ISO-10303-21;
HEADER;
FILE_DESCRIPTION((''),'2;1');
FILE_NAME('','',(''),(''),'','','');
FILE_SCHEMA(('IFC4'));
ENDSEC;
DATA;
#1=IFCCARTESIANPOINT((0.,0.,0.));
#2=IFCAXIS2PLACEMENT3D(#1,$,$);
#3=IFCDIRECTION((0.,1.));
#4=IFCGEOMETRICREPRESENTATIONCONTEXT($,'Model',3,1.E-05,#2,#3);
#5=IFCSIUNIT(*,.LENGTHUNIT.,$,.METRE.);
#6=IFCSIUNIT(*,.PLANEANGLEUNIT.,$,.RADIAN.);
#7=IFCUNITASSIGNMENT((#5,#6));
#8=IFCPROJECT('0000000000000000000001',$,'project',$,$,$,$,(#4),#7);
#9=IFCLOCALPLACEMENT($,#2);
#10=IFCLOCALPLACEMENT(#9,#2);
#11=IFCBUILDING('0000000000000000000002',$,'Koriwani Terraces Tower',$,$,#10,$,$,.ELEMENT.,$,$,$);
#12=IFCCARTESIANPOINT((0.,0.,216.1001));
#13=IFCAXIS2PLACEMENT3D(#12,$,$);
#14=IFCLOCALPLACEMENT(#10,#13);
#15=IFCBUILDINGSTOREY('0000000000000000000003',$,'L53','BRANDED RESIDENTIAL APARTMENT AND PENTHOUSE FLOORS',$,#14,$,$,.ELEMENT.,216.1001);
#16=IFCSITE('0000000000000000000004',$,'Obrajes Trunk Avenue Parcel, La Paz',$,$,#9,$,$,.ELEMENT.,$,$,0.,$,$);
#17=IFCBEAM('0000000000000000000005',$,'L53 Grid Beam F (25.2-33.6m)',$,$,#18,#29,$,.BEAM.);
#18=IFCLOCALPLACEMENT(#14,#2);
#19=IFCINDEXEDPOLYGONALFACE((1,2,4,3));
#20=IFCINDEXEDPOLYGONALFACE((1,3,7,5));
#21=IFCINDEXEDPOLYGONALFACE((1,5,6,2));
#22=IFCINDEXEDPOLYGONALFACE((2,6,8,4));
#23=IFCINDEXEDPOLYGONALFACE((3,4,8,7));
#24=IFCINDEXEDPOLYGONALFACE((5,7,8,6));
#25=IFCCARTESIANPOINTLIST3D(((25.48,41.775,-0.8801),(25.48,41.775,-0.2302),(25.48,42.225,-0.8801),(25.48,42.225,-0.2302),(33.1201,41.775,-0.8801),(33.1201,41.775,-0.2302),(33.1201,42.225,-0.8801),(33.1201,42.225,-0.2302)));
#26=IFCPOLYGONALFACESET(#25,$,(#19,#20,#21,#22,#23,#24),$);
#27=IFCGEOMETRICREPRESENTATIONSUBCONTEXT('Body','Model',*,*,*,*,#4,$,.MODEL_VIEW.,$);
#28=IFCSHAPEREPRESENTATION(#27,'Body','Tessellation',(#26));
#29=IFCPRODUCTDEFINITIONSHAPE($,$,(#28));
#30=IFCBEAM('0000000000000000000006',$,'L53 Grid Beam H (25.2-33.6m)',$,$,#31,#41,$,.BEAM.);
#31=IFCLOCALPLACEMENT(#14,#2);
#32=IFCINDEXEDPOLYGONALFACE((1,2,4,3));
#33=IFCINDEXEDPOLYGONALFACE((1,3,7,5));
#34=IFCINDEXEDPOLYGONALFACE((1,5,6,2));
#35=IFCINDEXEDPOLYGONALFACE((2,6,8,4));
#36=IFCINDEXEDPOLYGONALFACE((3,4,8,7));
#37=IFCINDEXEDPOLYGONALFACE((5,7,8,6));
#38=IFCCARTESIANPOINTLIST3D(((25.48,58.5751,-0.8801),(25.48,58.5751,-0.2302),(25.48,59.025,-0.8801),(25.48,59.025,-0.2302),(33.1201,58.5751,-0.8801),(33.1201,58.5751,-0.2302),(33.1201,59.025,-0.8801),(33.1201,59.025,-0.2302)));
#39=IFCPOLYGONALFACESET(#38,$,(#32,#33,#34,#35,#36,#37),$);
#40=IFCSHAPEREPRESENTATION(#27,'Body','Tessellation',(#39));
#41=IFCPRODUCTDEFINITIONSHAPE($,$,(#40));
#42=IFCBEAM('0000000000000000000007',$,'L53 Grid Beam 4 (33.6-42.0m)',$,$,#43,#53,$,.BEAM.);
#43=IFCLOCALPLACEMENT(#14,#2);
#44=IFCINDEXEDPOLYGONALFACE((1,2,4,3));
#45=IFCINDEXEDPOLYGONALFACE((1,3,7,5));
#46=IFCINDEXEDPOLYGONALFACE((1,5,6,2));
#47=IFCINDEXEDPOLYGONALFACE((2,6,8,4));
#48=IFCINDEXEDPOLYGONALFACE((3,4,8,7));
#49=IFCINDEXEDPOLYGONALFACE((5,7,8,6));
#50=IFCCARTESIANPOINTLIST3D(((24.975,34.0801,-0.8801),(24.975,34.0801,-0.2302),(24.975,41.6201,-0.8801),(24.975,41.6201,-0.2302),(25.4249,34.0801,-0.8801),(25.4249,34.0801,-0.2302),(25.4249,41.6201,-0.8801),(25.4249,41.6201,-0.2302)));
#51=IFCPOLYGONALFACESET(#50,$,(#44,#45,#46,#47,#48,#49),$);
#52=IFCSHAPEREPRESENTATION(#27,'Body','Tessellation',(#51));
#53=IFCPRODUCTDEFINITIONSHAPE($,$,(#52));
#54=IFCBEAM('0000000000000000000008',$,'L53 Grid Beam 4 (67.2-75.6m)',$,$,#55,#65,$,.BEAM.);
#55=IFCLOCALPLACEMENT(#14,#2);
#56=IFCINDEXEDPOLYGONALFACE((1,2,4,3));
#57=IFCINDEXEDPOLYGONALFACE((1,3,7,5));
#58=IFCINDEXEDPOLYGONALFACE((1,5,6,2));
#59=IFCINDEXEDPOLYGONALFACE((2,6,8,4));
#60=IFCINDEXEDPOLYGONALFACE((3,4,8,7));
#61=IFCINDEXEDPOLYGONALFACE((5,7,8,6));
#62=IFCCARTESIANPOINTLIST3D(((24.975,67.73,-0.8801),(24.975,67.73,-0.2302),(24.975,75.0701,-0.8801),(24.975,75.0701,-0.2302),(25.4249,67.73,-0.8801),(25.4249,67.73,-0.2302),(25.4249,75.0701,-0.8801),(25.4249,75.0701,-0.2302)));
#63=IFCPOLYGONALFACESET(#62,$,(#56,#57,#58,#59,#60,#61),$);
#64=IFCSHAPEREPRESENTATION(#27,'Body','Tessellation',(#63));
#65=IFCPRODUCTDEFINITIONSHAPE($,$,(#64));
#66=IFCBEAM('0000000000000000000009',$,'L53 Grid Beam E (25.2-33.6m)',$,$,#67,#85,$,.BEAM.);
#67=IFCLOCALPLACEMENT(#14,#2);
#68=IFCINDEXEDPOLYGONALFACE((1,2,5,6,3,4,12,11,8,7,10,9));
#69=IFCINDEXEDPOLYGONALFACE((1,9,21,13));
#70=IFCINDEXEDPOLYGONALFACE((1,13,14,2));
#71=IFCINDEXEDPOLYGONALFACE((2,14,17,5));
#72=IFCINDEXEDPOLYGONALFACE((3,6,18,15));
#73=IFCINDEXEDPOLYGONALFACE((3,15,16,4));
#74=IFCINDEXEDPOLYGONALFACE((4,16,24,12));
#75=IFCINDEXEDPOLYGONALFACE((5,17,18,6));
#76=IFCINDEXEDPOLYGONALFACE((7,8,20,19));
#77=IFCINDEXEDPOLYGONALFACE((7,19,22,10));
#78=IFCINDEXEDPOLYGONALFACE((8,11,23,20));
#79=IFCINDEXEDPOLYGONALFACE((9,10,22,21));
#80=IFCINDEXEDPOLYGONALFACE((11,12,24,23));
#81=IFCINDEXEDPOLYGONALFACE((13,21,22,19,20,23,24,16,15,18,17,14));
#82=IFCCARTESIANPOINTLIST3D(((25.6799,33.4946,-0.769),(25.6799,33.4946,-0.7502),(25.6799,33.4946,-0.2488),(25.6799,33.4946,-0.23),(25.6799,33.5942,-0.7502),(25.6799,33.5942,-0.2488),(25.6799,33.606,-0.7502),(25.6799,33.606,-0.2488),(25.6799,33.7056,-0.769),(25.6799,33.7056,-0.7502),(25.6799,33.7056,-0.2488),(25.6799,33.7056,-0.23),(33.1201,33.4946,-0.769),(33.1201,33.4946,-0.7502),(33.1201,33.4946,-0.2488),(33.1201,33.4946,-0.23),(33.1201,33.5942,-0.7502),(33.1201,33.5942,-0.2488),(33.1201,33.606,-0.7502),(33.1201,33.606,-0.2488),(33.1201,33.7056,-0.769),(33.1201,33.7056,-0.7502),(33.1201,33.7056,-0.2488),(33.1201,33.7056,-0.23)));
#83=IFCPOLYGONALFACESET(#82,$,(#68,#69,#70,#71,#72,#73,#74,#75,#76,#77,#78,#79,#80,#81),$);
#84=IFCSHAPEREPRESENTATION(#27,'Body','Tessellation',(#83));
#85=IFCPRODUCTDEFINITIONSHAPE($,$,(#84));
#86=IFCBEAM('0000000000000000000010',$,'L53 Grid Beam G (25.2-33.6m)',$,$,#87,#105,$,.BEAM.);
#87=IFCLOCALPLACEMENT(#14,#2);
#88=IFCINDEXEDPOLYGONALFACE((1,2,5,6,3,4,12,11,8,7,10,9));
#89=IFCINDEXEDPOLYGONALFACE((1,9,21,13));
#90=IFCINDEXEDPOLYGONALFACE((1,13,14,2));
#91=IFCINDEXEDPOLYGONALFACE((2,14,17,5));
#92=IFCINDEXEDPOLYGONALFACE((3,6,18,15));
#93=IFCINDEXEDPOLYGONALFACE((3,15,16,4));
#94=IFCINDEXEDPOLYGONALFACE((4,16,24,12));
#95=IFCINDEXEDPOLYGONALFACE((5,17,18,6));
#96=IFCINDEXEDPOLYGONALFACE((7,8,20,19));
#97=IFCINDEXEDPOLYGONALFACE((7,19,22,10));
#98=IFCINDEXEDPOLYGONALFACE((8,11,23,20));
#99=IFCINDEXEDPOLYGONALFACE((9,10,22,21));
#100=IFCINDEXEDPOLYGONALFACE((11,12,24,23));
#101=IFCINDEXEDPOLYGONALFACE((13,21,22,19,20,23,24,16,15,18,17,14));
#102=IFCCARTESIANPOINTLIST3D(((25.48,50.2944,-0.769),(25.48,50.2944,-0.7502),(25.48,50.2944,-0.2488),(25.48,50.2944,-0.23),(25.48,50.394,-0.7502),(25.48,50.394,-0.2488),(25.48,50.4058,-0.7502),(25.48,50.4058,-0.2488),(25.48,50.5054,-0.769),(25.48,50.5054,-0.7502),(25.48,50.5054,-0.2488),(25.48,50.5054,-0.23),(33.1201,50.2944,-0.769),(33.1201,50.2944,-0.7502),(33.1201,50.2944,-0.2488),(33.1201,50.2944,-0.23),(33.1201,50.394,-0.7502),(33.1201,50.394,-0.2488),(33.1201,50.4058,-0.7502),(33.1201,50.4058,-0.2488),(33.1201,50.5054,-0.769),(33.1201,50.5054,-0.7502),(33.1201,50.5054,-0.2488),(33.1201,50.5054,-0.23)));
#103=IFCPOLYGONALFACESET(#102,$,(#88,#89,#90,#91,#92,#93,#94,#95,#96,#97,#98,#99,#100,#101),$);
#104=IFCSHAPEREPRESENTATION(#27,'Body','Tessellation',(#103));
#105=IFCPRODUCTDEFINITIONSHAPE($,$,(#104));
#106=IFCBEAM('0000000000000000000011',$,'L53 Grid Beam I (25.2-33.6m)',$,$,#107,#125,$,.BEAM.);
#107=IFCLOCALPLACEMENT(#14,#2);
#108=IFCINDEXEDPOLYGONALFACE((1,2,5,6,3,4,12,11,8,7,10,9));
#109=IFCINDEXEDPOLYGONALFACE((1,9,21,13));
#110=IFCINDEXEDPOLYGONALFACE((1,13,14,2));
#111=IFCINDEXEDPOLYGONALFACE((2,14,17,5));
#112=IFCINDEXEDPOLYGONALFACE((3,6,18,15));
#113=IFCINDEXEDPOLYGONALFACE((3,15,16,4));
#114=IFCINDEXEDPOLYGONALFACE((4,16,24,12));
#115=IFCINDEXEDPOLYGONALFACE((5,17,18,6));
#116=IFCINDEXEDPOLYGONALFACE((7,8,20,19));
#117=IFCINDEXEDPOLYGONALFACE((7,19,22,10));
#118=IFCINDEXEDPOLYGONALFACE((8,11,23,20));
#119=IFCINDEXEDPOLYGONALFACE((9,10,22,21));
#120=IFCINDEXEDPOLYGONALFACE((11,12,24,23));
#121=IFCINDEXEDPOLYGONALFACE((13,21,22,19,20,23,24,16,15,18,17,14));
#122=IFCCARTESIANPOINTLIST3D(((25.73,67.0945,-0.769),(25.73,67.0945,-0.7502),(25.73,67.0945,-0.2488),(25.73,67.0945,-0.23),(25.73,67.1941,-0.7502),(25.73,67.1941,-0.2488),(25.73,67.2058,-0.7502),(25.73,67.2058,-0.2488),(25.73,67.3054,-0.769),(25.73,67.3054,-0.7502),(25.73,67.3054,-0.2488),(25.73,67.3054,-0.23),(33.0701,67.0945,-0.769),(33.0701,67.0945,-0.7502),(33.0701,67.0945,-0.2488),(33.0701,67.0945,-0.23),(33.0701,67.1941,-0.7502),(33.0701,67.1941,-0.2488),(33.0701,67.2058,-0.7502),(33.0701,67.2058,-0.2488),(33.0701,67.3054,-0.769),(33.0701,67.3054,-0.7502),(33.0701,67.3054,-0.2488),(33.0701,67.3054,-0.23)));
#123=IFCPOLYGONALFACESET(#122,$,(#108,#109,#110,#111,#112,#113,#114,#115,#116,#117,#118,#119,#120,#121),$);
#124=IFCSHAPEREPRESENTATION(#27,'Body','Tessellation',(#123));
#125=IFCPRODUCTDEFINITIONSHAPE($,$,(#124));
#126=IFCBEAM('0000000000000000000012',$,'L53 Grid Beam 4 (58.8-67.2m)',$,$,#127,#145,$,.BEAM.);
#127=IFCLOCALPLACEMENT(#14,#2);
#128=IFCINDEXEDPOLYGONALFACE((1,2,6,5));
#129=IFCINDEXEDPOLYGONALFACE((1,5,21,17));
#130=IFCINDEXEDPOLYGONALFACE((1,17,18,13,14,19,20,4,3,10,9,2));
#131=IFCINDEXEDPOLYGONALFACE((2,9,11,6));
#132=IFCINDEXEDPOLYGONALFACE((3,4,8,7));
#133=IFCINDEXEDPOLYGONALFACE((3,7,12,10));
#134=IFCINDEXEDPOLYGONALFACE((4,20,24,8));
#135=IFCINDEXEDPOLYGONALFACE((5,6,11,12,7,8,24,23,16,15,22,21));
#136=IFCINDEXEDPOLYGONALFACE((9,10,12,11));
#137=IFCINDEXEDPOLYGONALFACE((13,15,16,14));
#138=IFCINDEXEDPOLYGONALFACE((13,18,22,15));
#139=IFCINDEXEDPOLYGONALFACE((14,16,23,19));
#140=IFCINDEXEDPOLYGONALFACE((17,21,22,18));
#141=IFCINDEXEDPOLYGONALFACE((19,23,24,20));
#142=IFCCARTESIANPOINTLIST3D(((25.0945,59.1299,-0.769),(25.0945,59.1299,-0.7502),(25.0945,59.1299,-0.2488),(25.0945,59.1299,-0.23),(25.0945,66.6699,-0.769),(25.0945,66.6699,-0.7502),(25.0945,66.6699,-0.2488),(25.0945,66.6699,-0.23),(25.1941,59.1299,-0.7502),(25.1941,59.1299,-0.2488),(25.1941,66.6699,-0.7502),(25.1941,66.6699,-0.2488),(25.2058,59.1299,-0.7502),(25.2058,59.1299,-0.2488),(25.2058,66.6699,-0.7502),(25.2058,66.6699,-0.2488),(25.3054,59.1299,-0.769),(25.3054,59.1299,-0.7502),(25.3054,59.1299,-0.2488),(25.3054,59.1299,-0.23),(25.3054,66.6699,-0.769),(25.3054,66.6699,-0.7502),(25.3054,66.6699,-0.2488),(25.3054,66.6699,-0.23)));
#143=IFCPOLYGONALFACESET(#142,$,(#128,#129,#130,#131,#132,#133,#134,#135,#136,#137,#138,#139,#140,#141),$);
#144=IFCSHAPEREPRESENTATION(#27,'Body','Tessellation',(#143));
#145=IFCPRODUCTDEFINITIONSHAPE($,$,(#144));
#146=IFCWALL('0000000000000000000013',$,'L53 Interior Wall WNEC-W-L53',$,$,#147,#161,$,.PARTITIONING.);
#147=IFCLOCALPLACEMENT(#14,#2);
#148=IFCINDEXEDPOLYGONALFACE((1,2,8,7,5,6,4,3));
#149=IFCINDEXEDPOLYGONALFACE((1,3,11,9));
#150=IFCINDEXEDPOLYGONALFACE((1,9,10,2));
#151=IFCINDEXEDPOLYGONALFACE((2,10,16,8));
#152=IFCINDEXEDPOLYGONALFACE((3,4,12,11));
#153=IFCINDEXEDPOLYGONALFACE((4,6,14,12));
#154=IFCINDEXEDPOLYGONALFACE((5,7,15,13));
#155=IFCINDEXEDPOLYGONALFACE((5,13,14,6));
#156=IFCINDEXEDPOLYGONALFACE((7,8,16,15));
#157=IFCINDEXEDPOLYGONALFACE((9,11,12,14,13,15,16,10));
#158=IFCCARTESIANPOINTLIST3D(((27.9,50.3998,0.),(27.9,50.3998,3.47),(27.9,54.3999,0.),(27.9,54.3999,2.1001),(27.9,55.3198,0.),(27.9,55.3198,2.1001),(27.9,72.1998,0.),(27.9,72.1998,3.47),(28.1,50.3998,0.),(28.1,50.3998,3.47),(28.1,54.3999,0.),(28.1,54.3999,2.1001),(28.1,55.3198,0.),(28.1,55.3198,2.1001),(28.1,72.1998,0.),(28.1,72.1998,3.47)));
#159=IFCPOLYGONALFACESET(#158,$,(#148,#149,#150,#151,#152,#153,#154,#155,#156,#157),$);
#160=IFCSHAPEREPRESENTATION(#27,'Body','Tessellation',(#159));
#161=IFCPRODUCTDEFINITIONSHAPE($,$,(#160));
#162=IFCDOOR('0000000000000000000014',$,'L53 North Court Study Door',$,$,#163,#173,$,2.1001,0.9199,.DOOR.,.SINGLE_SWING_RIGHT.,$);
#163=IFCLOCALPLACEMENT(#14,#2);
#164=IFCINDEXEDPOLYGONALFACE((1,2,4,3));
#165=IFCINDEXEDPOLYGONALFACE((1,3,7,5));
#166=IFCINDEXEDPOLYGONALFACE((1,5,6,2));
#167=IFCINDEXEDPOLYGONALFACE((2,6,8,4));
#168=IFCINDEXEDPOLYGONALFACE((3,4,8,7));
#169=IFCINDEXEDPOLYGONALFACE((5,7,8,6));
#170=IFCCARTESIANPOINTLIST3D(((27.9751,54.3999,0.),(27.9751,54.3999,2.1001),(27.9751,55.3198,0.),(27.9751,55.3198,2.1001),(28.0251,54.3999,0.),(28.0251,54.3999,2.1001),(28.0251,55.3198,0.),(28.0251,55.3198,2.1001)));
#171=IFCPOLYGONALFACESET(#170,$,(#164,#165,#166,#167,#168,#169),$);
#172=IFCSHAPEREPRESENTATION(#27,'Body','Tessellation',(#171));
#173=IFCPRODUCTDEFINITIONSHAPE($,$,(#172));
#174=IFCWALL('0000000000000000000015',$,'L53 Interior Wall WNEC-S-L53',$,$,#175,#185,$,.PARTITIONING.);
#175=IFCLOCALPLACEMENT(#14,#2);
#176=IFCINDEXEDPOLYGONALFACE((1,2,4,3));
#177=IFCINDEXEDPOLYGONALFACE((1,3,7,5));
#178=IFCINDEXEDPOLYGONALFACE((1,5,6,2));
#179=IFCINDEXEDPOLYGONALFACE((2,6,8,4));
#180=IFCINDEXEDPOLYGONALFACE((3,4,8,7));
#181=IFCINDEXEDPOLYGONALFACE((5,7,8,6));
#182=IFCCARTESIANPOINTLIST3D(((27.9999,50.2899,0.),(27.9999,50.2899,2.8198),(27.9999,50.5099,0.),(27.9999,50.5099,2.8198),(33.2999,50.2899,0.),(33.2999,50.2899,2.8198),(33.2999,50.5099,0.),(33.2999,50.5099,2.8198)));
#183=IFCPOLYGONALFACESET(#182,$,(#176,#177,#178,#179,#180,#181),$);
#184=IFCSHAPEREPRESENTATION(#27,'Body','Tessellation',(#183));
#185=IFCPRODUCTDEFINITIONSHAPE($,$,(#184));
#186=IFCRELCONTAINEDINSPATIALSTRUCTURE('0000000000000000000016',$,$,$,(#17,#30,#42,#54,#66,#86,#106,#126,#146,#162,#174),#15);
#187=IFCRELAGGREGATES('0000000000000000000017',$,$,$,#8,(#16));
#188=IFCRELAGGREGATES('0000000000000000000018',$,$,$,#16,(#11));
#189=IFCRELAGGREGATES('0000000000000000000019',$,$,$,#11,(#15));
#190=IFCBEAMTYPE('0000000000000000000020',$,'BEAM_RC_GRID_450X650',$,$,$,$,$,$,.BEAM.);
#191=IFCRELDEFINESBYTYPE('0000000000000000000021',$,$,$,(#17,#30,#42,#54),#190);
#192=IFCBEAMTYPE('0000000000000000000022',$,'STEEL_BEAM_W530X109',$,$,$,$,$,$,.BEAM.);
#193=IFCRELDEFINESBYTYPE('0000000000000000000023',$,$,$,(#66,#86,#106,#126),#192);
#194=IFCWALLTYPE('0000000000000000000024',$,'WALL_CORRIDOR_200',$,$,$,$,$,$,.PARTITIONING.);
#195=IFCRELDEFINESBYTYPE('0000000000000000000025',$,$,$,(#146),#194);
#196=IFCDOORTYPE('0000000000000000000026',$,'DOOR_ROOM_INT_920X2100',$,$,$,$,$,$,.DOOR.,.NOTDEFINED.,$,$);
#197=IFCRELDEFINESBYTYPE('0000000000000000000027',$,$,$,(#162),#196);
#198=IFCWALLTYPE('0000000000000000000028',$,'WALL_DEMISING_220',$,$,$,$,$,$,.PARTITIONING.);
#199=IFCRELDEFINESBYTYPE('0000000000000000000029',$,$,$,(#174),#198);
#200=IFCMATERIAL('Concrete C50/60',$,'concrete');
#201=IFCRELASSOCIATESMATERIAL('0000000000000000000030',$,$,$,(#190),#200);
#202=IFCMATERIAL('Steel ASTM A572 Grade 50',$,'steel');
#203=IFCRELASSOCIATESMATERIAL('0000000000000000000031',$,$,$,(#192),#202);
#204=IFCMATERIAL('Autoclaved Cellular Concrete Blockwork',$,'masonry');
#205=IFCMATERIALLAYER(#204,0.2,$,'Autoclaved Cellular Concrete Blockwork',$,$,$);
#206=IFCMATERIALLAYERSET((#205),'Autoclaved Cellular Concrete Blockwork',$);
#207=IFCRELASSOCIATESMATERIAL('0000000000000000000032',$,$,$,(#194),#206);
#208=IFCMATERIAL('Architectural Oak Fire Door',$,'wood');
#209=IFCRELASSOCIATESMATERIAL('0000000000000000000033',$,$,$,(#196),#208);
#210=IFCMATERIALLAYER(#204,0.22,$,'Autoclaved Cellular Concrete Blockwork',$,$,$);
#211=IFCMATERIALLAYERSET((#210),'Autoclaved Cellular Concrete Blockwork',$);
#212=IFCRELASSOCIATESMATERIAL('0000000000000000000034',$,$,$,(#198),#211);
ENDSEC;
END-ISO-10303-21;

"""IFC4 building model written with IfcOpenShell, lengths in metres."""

from ifc_helpers import new_model, si_unit, direction, frame, frame_2d, origin, origin_2d, place, context, subcontext, project, spatial, rectangle, i_section, extrude, material, layer, layer_set, material_profile, profile_set, type_object, element, fill, save


model = new_model("IFC4")

# Units and contexts
model_context = context("Model", 3, precision=1e-05, world=origin(), true_north=direction((0.0, 1.0)))
body_context = subcontext(model_context, "Body", "Model", "MODEL_VIEW")
ifc_project = project(units=[si_unit("LENGTHUNIT", "METRE"), si_unit("PLANEANGLEUNIT", "RADIAN")], contexts=[model_context])

# Site, building, storey
site_placement = place(None, origin())
site = spatial("IfcSite", under=ifc_project, at=site_placement, Name="Obrajes Trunk Avenue Parcel, La Paz", CompositionType="ELEMENT", RefElevation=0.0)
building_placement = place(site_placement, origin())
building = spatial("IfcBuilding", under=site, at=building_placement, Name="Koriwani Terraces Tower", CompositionType="ELEMENT")
storey_placement = place(building_placement, frame((0.0, 0.0, 216.1001)))
storey = spatial("IfcBuildingStorey", under=building, at=storey_placement, Name="L53", Description="BRANDED RESIDENTIAL APARTMENT AND PENTHOUSE FLOORS", CompositionType="ELEMENT", Elevation=216.1001)

# Beams
ifc_material_1 = material(Name="Concrete C50/60", Category="concrete")
ifc_material_profile_1 = material_profile(ifc_material_1, rectangle(XDim=0.45, YDim=0.6499, at=origin_2d()), Name="Concrete C50/60", Category="LoadBearing")
ifc_profile_set_1 = profile_set([ifc_material_profile_1], Name="Concrete C50/60")
beam_type_1 = type_object("IfcBeamType", Name="BEAM_RC_GRID_450X650", PredefinedType="BEAM", material=ifc_profile_set_1)
for number, where, z_axis, x_axis, name in (
    (1, (25.48, 42.0, -0.5552), (1.0, 0.0, 0.0), (0.0, 1.0, 0.0), "L53 Grid Beam F (25.2-33.6m)"),
    (2, (25.48, 58.8, -0.5552), (1.0, 0.0, 0.0), (0.0, 1.0, 0.0), "L53 Grid Beam H (25.2-33.6m)"),
):
    element("IfcBeam", number, at=place(storey_placement, frame(where, z_axis=z_axis, x_axis=x_axis)), inside=storey, type_object=beam_type_1, Name=name, PredefinedType="BEAM", context=body_context, shape_type="SweptSolid", body=[
        extrude(rectangle(XDim=0.45, YDim=0.6499, at=origin_2d()), origin(), (0.0, 0.0, 1.0), 7.6401),
    ])
beam_1_placement = place(storey_placement, frame((25.2, 34.0801, -0.5552), z_axis=(0.0, 1.0, 0.0), x_axis=(-1.0, 0.0, 0.0)))
element("IfcBeam", 3, at=beam_1_placement, inside=storey, type_object=beam_type_1, Name="L53 Grid Beam 4 (33.6-42.0m)", PredefinedType="BEAM", context=body_context, shape_type="SweptSolid", body=[
    extrude(rectangle(XDim=0.45, YDim=0.6499, at=origin_2d()), origin(), (0.0, 0.0, 1.0), 7.54),
])
beam_2_placement = place(storey_placement, frame((25.2, 67.73, -0.5552), z_axis=(0.0, 1.0, 0.0), x_axis=(-1.0, 0.0, 0.0)))
element("IfcBeam", 4, at=beam_2_placement, inside=storey, type_object=beam_type_1, Name="L53 Grid Beam 4 (67.2-75.6m)", PredefinedType="BEAM", context=body_context, shape_type="SweptSolid", body=[
    extrude(rectangle(XDim=0.45, YDim=0.6499, at=origin_2d()), origin(), (0.0, 0.0, 1.0), 7.3401),
])
ifc_material_2 = material(Name="Steel ASTM A572 Grade 50", Category="steel")
ifc_material_profile_2 = material_profile(ifc_material_2, i_section(OverallWidth=0.2109, OverallDepth=0.5391, WebThickness=0.0117, FlangeThickness=0.0188, at=origin_2d()), Name="Steel ASTM A572 Grade 50", Category="LoadBearing")
ifc_profile_set_2 = profile_set([ifc_material_profile_2], Name="Steel ASTM A572 Grade 50")
beam_type_2 = type_object("IfcBeamType", Name="STEEL_BEAM_W530X109", PredefinedType="BEAM", material=ifc_profile_set_2)
beam_3_placement = place(storey_placement, frame((25.6799, 33.6001, -0.4995), z_axis=(1.0, 0.0, 0.0), x_axis=(0.0, 1.0, 0.0)))
element("IfcBeam", 5, at=beam_3_placement, inside=storey, type_object=beam_type_2, Name="L53 Grid Beam E (25.2-33.6m)", PredefinedType="BEAM", context=body_context, shape_type="SweptSolid", body=[
    extrude(i_section(OverallWidth=0.2109, OverallDepth=0.5391, WebThickness=0.0117, FlangeThickness=0.0188, at=origin_2d()), origin(), (0.0, 0.0, 1.0), 7.4402),
])
beam_4_placement = place(storey_placement, frame((25.48, 50.3999, -0.4995), z_axis=(1.0, 0.0, 0.0), x_axis=(0.0, 1.0, 0.0)))
element("IfcBeam", 6, at=beam_4_placement, inside=storey, type_object=beam_type_2, Name="L53 Grid Beam G (25.2-33.6m)", PredefinedType="BEAM", context=body_context, shape_type="SweptSolid", body=[
    extrude(i_section(OverallWidth=0.2109, OverallDepth=0.5391, WebThickness=0.0117, FlangeThickness=0.0188, at=origin_2d()), origin(), (0.0, 0.0, 1.0), 7.6401),
])
beam_5_placement = place(storey_placement, frame((25.73, 67.2, -0.4995), z_axis=(1.0, 0.0, 0.0), x_axis=(0.0, 1.0, 0.0)))
element("IfcBeam", 7, at=beam_5_placement, inside=storey, type_object=beam_type_2, Name="L53 Grid Beam I (25.2-33.6m)", PredefinedType="BEAM", context=body_context, shape_type="SweptSolid", body=[
    extrude(i_section(OverallWidth=0.2109, OverallDepth=0.5391, WebThickness=0.0117, FlangeThickness=0.0188, at=origin_2d()), origin(), (0.0, 0.0, 1.0), 7.3401),
])
beam_6_placement = place(storey_placement, frame((25.2, 59.1299, -0.4995), z_axis=(0.0, 1.0, 0.0), x_axis=(-1.0, 0.0, 0.0)))
element("IfcBeam", 8, at=beam_6_placement, inside=storey, type_object=beam_type_2, Name="L53 Grid Beam 4 (58.8-67.2m)", PredefinedType="BEAM", context=body_context, shape_type="SweptSolid", body=[
    extrude(i_section(OverallWidth=0.2109, OverallDepth=0.5391, WebThickness=0.0117, FlangeThickness=0.0188, at=origin_2d()), origin(), (0.0, 0.0, 1.0), 7.54),
])

# Wall, opening, door
ifc_material_3 = material(Name="Autoclaved Cellular Concrete Blockwork", Category="masonry")
ifc_layer_1 = layer(ifc_material_3, 0.2, Name="Autoclaved Cellular Concrete Blockwork")
ifc_layer_set_1 = layer_set([ifc_layer_1], Name="Autoclaved Cellular Concrete Blockwork")
wall_type_1 = type_object("IfcWallType", Name="WALL_CORRIDOR_200", PredefinedType="PARTITIONING", material=ifc_layer_set_1)
wall_1_placement = place(storey_placement, frame((28.0, 50.3999, 0.0), z_axis=(0.0, 0.0, 1.0), x_axis=(0.0, 1.0, 0.0)))
wall_1 = element("IfcWall", 9, at=wall_1_placement, inside=storey, type_object=wall_type_1, Name="L53 Interior Wall WNEC-W-L53", PredefinedType="PARTITIONING", context=body_context, shape_type="SweptSolid", body=[
    extrude(rectangle(XDim=21.8, YDim=0.2, at=frame_2d((10.8999, 0.0))), origin(), (0.0, 0.0, 1.0), 3.47),
])
opening_1_placement = place(wall_1_placement, frame((4.0, 0.0, 0.0)))
opening_1 = element("IfcOpeningElement", 10, at=opening_1_placement, cuts=wall_1, PredefinedType="OPENING", context=body_context, shape_type="SweptSolid", body=[
    extrude(rectangle(XDim=0.9199, YDim=2.1001, at=frame_2d((0.46, 1.05))), frame((0.0, 0.1099, 0.0), z_axis=(0.0, -1.0, 0.0), x_axis=(1.0, 0.0, 0.0)), (0.0, 0.0, 1.0), 0.22),
])
ifc_material_4 = material(Name="Architectural Oak Fire Door", Category="wood")
door_type_1 = type_object("IfcDoorType", Name="DOOR_ROOM_INT_920X2100", OperationType="NOTDEFINED", PredefinedType="DOOR", material=ifc_material_4)
door_1_placement = place(opening_1_placement, origin())
door_1 = element("IfcDoor", 11, at=door_1_placement, inside=storey, type_object=door_type_1, Name="L53 North Court Study Door", OperationType="SINGLE_SWING_RIGHT", OverallHeight=2.1001, OverallWidth=0.9199, PredefinedType="DOOR", context=body_context, shape_type="SweptSolid", body=[
    extrude(rectangle(XDim=0.9199, YDim=2.1001, at=frame_2d((0.46, 1.05))), frame((0.0, 0.0249, 0.0), z_axis=(0.0, -1.0, 0.0), x_axis=(1.0, 0.0, 0.0)), (0.0, 0.0, 1.0), 0.05),
])
fill(opening_1, door_1)

# Wall
ifc_layer_2 = layer(ifc_material_3, 0.22, Name="Autoclaved Cellular Concrete Blockwork")
ifc_layer_set_2 = layer_set([ifc_layer_2], Name="Autoclaved Cellular Concrete Blockwork")
wall_type_2 = type_object("IfcWallType", Name="WALL_DEMISING_220", PredefinedType="PARTITIONING", material=ifc_layer_set_2)
wall_2_placement = place(storey_placement, frame((28.0, 50.3999, 0.0), z_axis=(0.0, 0.0, 1.0), x_axis=(1.0, 0.0, 0.0)))
element("IfcWall", 12, at=wall_2_placement, inside=storey, type_object=wall_type_2, Name="L53 Interior Wall WNEC-S-L53", PredefinedType="PARTITIONING", context=body_context, shape_type="SweptSolid", body=[
    extrude(rectangle(XDim=5.3, YDim=0.22, at=frame_2d((2.6499, 0.0))), origin(), (0.0, 0.0, 1.0), 2.8198),
])

save(model, "model.ifc")
